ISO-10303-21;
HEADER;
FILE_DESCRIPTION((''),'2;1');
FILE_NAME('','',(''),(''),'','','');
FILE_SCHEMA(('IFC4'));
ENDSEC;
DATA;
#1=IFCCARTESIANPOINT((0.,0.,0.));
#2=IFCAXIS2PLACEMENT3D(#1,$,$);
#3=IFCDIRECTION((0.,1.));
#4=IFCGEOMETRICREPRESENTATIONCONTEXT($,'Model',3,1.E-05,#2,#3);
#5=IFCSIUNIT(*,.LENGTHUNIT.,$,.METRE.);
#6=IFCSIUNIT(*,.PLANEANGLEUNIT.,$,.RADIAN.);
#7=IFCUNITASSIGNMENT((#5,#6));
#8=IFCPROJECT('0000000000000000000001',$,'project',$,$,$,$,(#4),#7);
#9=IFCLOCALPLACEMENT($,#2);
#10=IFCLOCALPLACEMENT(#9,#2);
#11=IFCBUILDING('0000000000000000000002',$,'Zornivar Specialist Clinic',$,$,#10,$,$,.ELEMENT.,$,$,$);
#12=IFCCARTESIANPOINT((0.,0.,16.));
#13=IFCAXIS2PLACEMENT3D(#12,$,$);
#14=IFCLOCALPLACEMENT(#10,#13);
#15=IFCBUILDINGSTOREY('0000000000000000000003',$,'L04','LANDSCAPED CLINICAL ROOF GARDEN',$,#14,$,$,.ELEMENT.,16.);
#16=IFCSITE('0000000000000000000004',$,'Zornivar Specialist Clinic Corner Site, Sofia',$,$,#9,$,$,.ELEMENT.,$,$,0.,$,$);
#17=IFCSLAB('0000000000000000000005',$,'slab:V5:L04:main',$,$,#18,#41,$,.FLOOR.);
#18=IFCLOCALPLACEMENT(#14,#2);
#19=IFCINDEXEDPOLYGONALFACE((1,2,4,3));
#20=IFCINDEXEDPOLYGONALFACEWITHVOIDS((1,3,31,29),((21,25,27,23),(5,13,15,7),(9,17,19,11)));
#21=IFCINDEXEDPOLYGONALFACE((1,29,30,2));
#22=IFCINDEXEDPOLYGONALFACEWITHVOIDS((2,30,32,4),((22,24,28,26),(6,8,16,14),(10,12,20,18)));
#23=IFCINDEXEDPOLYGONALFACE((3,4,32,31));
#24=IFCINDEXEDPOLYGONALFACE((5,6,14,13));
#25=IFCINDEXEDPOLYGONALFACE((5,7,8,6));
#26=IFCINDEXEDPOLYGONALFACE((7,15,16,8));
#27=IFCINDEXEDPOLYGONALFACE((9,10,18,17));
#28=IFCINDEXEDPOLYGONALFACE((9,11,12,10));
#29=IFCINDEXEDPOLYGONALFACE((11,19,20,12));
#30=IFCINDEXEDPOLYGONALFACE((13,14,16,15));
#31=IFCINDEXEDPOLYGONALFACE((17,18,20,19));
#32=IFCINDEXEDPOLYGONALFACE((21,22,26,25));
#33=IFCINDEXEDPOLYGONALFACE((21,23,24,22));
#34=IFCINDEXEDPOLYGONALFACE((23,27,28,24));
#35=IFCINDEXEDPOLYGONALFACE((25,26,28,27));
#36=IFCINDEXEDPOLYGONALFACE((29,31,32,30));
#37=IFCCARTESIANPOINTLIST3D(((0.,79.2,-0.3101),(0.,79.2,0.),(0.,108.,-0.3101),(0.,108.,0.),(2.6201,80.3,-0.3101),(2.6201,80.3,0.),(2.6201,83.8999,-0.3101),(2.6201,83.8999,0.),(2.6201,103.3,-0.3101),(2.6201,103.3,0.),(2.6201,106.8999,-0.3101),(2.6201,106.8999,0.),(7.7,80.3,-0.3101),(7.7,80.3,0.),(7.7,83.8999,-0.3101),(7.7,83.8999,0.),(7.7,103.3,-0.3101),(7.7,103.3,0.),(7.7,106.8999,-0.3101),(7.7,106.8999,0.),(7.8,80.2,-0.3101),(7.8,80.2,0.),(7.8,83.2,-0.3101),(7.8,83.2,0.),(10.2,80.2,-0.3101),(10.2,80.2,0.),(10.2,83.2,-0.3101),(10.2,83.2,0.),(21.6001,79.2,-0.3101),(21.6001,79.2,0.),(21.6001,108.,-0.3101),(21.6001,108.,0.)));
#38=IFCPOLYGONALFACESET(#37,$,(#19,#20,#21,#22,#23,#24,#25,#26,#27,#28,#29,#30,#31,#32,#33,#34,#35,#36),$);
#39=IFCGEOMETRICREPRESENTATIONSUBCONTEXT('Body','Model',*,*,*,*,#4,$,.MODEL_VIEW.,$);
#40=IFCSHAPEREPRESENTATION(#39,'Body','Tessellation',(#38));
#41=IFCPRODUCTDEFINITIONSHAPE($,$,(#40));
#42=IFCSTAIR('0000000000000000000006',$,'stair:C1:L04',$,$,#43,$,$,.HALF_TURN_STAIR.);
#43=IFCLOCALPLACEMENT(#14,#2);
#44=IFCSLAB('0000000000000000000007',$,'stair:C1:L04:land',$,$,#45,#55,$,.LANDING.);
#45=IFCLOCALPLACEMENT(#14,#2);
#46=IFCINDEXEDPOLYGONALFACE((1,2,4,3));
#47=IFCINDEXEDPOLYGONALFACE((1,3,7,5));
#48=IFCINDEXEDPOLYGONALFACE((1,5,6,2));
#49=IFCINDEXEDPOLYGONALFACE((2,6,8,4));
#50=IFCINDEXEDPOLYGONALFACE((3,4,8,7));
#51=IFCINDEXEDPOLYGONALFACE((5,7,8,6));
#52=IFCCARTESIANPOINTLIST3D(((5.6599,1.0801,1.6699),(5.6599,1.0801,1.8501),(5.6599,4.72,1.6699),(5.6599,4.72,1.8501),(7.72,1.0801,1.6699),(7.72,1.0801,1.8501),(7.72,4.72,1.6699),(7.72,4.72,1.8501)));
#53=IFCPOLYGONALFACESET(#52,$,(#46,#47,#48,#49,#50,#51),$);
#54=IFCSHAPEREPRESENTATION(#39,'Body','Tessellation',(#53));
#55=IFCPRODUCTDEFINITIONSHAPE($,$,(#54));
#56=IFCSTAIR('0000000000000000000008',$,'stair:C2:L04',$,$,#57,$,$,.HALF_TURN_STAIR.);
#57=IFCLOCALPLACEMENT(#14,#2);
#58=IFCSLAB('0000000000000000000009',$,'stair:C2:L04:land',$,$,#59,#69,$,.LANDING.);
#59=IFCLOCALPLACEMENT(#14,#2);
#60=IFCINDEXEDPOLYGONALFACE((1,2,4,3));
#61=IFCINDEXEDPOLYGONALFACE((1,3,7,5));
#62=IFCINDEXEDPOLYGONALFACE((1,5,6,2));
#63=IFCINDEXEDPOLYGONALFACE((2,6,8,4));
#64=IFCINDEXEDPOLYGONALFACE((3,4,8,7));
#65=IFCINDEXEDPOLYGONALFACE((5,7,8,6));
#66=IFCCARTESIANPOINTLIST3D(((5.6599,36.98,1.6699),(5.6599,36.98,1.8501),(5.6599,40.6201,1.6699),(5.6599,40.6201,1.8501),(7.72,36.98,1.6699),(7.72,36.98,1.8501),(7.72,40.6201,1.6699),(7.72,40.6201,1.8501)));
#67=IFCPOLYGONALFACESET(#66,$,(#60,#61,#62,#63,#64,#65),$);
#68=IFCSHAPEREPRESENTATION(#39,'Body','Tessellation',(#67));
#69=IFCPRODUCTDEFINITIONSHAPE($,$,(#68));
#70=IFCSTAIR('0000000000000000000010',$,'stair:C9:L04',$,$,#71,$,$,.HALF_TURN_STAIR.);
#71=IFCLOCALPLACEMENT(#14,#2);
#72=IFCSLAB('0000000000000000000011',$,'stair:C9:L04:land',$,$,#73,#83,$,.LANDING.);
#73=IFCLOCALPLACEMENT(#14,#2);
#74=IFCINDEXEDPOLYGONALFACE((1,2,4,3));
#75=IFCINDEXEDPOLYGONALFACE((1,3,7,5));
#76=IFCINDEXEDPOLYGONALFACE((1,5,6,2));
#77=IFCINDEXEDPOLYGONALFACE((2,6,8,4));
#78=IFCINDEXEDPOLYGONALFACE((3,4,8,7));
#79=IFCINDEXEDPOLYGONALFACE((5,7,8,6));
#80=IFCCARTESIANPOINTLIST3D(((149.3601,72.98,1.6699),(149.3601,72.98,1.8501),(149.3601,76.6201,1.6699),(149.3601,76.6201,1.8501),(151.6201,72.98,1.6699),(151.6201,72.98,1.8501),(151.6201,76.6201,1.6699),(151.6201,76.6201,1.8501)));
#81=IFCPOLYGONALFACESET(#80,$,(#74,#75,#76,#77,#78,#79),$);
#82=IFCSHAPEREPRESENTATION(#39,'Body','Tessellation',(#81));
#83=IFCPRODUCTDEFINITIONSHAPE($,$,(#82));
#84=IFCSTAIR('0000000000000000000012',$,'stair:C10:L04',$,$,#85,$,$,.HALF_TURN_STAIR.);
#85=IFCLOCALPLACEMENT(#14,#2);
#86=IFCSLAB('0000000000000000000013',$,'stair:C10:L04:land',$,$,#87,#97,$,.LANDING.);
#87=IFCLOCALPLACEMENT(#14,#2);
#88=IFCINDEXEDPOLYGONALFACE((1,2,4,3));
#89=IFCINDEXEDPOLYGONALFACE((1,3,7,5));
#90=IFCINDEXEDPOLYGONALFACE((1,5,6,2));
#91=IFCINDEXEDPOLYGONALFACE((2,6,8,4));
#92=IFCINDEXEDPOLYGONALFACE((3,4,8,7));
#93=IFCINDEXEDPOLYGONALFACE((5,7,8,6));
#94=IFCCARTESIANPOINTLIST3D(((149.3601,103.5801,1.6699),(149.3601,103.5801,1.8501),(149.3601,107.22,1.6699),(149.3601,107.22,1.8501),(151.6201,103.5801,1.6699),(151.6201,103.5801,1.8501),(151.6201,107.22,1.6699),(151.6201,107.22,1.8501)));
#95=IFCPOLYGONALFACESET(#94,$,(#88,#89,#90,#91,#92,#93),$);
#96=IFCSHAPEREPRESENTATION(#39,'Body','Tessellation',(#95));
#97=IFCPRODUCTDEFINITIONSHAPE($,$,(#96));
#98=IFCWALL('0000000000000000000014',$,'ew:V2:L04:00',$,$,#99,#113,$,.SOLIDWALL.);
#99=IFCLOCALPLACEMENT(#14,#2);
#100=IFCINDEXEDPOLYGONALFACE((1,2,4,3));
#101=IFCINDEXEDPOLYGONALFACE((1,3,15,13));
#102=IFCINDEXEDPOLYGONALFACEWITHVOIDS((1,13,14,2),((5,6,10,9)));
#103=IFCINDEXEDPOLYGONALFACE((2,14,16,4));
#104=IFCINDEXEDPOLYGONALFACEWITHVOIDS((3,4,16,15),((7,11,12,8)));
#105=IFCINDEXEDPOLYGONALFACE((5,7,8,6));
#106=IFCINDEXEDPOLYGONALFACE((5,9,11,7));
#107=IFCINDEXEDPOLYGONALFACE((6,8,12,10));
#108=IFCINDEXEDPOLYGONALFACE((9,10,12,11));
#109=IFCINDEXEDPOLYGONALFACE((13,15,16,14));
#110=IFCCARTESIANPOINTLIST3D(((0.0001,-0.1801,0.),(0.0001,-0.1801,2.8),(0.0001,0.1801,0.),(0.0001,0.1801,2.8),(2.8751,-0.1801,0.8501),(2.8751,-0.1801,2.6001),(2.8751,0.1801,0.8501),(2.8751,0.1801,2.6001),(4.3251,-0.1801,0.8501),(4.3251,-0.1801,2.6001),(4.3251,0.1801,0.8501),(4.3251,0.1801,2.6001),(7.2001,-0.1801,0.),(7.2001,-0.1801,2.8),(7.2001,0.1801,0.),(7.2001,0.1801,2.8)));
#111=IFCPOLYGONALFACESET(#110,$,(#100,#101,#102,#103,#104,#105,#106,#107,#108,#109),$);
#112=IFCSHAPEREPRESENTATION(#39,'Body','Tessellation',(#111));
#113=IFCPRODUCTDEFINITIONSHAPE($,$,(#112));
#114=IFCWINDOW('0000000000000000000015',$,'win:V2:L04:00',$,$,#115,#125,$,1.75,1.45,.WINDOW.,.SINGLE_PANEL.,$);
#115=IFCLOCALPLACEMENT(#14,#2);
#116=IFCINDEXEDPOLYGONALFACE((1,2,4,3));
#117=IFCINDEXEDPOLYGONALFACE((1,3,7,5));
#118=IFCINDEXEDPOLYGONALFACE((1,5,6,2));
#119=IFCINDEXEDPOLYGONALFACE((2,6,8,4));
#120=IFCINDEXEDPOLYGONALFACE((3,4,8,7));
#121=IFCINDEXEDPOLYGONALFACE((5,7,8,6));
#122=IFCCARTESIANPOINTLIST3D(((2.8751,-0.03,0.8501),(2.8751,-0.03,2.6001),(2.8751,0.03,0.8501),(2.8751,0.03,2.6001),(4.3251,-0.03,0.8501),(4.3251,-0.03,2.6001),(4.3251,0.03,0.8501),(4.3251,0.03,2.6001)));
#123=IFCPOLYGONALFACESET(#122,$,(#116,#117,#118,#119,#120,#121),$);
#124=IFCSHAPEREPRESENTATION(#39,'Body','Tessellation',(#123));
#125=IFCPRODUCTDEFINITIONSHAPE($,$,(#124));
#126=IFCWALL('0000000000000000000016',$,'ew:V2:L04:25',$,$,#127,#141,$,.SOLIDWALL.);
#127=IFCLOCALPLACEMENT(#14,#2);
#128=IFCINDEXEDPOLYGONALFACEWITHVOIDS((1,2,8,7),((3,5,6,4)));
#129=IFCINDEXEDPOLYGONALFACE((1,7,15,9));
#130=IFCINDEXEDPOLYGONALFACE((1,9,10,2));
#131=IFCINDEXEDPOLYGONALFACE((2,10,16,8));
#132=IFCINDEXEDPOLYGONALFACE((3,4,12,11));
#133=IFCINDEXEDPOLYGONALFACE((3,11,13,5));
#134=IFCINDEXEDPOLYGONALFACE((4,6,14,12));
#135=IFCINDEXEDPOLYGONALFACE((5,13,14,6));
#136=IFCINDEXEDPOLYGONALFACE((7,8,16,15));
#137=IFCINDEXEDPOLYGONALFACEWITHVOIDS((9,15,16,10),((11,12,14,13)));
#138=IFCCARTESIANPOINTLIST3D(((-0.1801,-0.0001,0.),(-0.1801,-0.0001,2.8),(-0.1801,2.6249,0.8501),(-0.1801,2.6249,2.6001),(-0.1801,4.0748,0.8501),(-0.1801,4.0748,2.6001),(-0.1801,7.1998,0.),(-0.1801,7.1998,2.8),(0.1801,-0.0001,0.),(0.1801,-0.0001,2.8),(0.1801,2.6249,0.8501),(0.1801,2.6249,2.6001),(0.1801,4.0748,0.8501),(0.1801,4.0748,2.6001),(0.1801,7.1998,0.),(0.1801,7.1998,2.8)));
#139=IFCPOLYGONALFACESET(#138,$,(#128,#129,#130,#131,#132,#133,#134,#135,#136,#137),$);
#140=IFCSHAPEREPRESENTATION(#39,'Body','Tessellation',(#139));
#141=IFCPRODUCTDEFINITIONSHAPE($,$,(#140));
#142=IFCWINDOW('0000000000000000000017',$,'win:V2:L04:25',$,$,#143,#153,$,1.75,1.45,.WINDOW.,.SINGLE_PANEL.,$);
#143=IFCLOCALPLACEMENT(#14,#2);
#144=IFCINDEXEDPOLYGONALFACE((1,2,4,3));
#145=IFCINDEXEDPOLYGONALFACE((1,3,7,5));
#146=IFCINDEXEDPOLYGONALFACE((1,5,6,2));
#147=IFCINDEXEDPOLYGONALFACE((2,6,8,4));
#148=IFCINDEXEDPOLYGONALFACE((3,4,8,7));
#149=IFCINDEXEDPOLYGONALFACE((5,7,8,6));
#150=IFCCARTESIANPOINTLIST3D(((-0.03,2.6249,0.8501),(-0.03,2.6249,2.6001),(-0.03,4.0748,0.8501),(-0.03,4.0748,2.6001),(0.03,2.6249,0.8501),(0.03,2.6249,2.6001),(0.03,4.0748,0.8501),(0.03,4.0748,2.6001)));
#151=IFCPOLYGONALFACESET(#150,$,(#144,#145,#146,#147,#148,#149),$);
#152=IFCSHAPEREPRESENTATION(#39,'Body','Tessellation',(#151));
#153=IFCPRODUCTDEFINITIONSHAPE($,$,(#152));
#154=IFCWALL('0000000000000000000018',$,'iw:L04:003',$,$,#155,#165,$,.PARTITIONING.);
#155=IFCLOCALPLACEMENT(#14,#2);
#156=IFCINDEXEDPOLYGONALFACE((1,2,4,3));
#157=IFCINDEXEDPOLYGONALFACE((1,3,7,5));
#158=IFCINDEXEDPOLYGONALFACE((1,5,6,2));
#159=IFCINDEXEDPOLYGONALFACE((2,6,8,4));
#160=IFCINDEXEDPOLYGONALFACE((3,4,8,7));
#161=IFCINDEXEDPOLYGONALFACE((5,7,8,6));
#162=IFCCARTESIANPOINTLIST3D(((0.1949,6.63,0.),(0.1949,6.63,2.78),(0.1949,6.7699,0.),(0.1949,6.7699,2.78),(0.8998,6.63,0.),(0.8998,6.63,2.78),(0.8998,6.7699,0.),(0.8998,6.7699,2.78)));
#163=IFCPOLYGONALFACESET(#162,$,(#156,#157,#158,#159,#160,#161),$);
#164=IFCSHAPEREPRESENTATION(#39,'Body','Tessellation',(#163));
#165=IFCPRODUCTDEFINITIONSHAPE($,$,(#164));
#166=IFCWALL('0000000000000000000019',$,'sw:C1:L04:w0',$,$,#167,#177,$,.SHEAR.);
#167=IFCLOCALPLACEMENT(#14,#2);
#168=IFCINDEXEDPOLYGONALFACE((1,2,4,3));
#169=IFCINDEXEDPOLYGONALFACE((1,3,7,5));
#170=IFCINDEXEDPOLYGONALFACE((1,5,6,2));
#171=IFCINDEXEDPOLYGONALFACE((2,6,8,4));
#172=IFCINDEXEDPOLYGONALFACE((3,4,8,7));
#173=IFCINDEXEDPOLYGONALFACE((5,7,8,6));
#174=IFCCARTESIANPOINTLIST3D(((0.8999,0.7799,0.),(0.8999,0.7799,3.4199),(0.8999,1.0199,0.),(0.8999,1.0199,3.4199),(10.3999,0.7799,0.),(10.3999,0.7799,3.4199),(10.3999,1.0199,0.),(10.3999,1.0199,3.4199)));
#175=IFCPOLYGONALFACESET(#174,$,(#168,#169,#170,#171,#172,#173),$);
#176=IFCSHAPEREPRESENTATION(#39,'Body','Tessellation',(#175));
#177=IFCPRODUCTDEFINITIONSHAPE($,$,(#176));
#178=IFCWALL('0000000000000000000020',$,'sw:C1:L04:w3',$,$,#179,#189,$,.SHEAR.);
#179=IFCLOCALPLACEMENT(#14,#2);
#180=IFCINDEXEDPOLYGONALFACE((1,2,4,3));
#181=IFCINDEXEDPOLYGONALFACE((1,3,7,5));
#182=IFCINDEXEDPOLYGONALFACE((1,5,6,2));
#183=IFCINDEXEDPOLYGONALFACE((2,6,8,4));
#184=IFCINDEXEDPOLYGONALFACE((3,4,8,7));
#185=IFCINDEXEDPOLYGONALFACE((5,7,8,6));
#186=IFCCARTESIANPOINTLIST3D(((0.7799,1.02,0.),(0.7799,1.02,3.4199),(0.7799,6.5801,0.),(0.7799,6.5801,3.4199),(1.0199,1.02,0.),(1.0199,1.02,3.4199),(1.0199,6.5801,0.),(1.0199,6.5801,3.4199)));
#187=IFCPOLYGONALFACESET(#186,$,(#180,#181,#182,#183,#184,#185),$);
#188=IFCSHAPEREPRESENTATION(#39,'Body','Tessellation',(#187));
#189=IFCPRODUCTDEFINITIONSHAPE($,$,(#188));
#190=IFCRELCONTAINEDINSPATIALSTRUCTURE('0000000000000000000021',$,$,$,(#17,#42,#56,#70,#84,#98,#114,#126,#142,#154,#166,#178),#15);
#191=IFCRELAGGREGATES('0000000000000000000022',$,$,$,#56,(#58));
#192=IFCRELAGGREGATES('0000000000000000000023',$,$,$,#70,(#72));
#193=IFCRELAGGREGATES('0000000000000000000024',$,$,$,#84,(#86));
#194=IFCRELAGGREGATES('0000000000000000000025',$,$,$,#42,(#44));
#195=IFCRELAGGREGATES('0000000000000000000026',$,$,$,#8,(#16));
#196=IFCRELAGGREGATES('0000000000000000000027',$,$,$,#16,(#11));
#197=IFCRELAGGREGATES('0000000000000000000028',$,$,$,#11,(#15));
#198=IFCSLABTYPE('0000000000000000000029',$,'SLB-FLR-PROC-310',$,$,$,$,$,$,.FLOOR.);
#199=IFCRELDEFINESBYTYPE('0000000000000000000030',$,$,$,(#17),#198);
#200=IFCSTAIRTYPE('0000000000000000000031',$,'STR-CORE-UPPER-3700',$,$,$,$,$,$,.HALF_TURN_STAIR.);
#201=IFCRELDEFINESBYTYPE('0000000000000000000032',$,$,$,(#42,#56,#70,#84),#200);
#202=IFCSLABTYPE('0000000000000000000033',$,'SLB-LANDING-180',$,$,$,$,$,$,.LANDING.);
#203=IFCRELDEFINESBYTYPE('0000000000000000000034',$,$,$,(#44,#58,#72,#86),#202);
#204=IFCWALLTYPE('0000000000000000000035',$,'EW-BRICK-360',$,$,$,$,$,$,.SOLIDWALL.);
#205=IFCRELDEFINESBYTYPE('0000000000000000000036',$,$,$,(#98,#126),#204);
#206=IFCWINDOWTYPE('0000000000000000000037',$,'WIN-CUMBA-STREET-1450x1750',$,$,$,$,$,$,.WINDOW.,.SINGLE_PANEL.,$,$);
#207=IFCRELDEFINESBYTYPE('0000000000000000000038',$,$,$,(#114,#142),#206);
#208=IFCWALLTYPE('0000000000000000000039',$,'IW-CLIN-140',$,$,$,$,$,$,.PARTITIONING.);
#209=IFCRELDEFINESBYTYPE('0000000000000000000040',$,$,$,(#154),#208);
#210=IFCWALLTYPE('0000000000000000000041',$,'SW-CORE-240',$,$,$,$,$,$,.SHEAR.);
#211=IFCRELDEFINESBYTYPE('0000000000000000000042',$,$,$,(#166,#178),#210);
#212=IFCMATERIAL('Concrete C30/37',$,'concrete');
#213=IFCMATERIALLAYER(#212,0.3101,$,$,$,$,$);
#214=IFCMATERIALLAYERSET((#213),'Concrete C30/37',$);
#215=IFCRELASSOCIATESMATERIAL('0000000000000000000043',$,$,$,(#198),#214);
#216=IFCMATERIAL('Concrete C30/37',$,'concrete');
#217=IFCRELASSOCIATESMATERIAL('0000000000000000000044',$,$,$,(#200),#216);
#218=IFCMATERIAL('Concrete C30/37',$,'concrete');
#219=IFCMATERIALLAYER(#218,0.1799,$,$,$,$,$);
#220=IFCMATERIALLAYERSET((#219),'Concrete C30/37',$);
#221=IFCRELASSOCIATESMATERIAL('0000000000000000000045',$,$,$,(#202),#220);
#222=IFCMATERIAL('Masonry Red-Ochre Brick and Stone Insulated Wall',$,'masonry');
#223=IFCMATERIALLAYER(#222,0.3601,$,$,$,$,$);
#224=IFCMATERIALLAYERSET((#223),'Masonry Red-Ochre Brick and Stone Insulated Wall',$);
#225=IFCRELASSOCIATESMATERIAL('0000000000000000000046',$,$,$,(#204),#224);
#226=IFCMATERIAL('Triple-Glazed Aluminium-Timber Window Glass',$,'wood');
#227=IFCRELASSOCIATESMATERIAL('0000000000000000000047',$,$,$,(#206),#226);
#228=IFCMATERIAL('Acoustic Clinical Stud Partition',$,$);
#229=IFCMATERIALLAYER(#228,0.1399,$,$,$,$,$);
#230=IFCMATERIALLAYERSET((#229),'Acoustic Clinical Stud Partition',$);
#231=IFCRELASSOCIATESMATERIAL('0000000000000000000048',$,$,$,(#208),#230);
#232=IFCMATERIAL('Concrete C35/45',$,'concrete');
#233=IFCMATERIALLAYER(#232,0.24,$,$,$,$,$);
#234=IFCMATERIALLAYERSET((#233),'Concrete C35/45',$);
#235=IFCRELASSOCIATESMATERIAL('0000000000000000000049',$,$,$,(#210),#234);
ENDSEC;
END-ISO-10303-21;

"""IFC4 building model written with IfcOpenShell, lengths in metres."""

from ifc_helpers import new_model, si_unit, direction, frame, frame_2d, origin, origin_with_axes, place, context, subcontext, project, spatial, polyline, rectangle, outline, extrude, material, layer, layer_set, type_object, element, fill, aggregate, save


model = new_model("IFC4")

# Units and contexts
model_context = context("Model", 3, precision=1e-05, world=origin(), true_north=direction((0.0, 1.0)))
body_context = subcontext(model_context, "Body", "Model", "MODEL_VIEW")
ifc_project = project(units=[si_unit("LENGTHUNIT", "METRE"), si_unit("PLANEANGLEUNIT", "RADIAN")], contexts=[model_context])

# Site, building, storey
site_placement = place(None, origin())
site = spatial("IfcSite", under=ifc_project, at=site_placement, Name="Zornivar Specialist Clinic Corner Site, Sofia", CompositionType="ELEMENT", RefElevation=0.0)
building_placement = place(site_placement, origin())
building = spatial("IfcBuilding", under=site, at=building_placement, Name="Zornivar Specialist Clinic", CompositionType="ELEMENT")
storey_placement = place(building_placement, frame((0.0, 0.0, 16.0)))
storey = spatial("IfcBuildingStorey", under=building, at=storey_placement, Name="L04", Description="LANDSCAPED CLINICAL ROOF GARDEN", CompositionType="ELEMENT", Elevation=16.0)

# Slab
ifc_material_1 = material(Name="Concrete C30/37", Category="concrete")
ifc_layer_1 = layer(ifc_material_1, 0.3101)
ifc_layer_set_1 = layer_set([ifc_layer_1], Name="Concrete C30/37")
slab_type_1 = type_object("IfcSlabType", Name="SLB-FLR-PROC-310", PredefinedType="FLOOR", material=ifc_layer_set_1)
slab_1_placement = place(storey_placement, frame((0.0, 0.0, -0.3101)))
element("IfcSlab", 1, at=slab_1_placement, inside=storey, type_object=slab_type_1, Name="slab:V5:L04:main", PredefinedType="FLOOR", context=body_context, shape_type="SweptSolid", body=[
    extrude(outline(polyline([(0.0, 79.2), (21.6001, 79.2), (21.6001, 108.0), (0.0, 108.0), (0.0, 79.2)]), holes=[polyline([(2.6201, 80.3), (7.7, 80.3), (7.7, 83.8999), (2.6201, 83.8999), (2.6201, 80.3)]), polyline([(7.8, 80.2), (10.2, 80.2), (10.2, 83.2), (7.8, 83.2), (7.8, 80.2)]), polyline([(2.6201, 103.3), (7.7, 103.3), (7.7, 106.8999), (2.6201, 106.8999), (2.6201, 103.3)])]), origin(), (0.0, 0.0, 1.0), 0.3101),
])

# Stairs, slabs
ifc_material_2 = material(Name="Concrete C30/37", Category="concrete")
stair_type = type_object("IfcStairType", Name="STR-CORE-UPPER-3700", PredefinedType="HALF_TURN_STAIR", material=ifc_material_2)
stair_1_placement = place(storey_placement, origin())
stair_1 = element("IfcStair", 2, at=stair_1_placement, inside=storey, type_object=stair_type, Name="stair:C1:L04", PredefinedType="HALF_TURN_STAIR")
ifc_material_3 = material(Name="Concrete C30/37", Category="concrete")
ifc_layer_2 = layer(ifc_material_3, 0.1799)
ifc_layer_set_2 = layer_set([ifc_layer_2], Name="Concrete C30/37")
slab_type_2 = type_object("IfcSlabType", Name="SLB-LANDING-180", PredefinedType="LANDING", material=ifc_layer_set_2)
slab_2_placement = place(storey_placement, frame((0.0, 0.0, 1.6699)))
slab_2 = element("IfcSlab", 3, at=slab_2_placement, type_object=slab_type_2, Name="stair:C1:L04:land", PredefinedType="LANDING", context=body_context, shape_type="SweptSolid", body=[
    extrude(outline(polyline([(5.6599, 1.0801), (7.72, 1.0801), (7.72, 4.72), (5.6599, 4.72), (5.6599, 1.0801)])), origin(), (0.0, 0.0, 1.0), 0.1802),
])
stair_2_placement = place(storey_placement, origin())
stair_2 = element("IfcStair", 4, at=stair_2_placement, inside=storey, type_object=stair_type, Name="stair:C2:L04", PredefinedType="HALF_TURN_STAIR")
slab_3_placement = place(storey_placement, frame((0.0, 0.0, 1.6699)))
slab_3 = element("IfcSlab", 5, at=slab_3_placement, type_object=slab_type_2, Name="stair:C2:L04:land", PredefinedType="LANDING", context=body_context, shape_type="SweptSolid", body=[
    extrude(outline(polyline([(5.6599, 36.98), (7.72, 36.98), (7.72, 40.6201), (5.6599, 40.6201), (5.6599, 36.98)])), origin(), (0.0, 0.0, 1.0), 0.1802),
])
aggregate(stair_2, [slab_3])
stair_3_placement = place(storey_placement, origin())
stair_3 = element("IfcStair", 6, at=stair_3_placement, inside=storey, type_object=stair_type, Name="stair:C9:L04", PredefinedType="HALF_TURN_STAIR")
slab_4_placement = place(storey_placement, frame((0.0, 0.0, 1.6699)))
slab_4 = element("IfcSlab", 7, at=slab_4_placement, type_object=slab_type_2, Name="stair:C9:L04:land", PredefinedType="LANDING", context=body_context, shape_type="SweptSolid", body=[
    extrude(outline(polyline([(149.3601, 72.98), (151.6201, 72.98), (151.6201, 76.6201), (149.3601, 76.6201), (149.3601, 72.98)])), origin(), (0.0, 0.0, 1.0), 0.1802),
])
aggregate(stair_3, [slab_4])
stair_4_placement = place(storey_placement, origin())
stair_4 = element("IfcStair", 8, at=stair_4_placement, inside=storey, type_object=stair_type, Name="stair:C10:L04", PredefinedType="HALF_TURN_STAIR")
slab_5_placement = place(storey_placement, frame((0.0, 0.0, 1.6699)))
slab_5 = element("IfcSlab", 9, at=slab_5_placement, type_object=slab_type_2, Name="stair:C10:L04:land", PredefinedType="LANDING", context=body_context, shape_type="SweptSolid", body=[
    extrude(outline(polyline([(149.3601, 103.5801), (151.6201, 103.5801), (151.6201, 107.22), (149.3601, 107.22), (149.3601, 103.5801)])), origin(), (0.0, 0.0, 1.0), 0.1802),
])
aggregate(stair_4, [slab_5])

# Walls, openings, windows
ifc_material_4 = material(Name="Masonry Red-Ochre Brick and Stone Insulated Wall", Category="masonry")
ifc_layer_3 = layer(ifc_material_4, 0.3601)
ifc_layer_set_3 = layer_set([ifc_layer_3], Name="Masonry Red-Ochre Brick and Stone Insulated Wall")
wall_type_1 = type_object("IfcWallType", Name="EW-BRICK-360", PredefinedType="SOLIDWALL", material=ifc_layer_set_3)
wall_1_placement = place(storey_placement, origin_with_axes())
wall_1 = element("IfcWall", 10, at=wall_1_placement, inside=storey, type_object=wall_type_1, Name="ew:V2:L04:00", PredefinedType="SOLIDWALL", context=body_context, shape_type="SweptSolid", body=[
    extrude(rectangle(XDim=7.2, YDim=0.3601, at=frame_2d((3.6001, 0.0))), origin(), (0.0, 0.0, 1.0), 2.8),
])
opening_1_placement = place(wall_1_placement, frame((2.875, 0.0, 0.8501)))
opening_1 = element("IfcOpeningElement", 11, at=opening_1_placement, cuts=wall_1, PredefinedType="OPENING", context=body_context, shape_type="SweptSolid", body=[
    extrude(rectangle(XDim=1.45, YDim=1.75, at=frame_2d((0.7251, 0.875))), frame((0.0, 0.1899, 0.0), z_axis=(0.0, -1.0, 0.0), x_axis=(1.0, 0.0, 0.0)), (0.0, 0.0, 1.0), 0.3801),
])
ifc_material_5 = material(Name="Triple-Glazed Aluminium-Timber Window Glass", Category="wood")
window_type = type_object("IfcWindowType", Name="WIN-CUMBA-STREET-1450x1750", PartitioningType="SINGLE_PANEL", PredefinedType="WINDOW", material=ifc_material_5)
window_1_placement = place(opening_1_placement, origin())
window_1 = element("IfcWindow", 12, at=window_1_placement, inside=storey, type_object=window_type, Name="win:V2:L04:00", OverallHeight=1.75, OverallWidth=1.45, PartitioningType="SINGLE_PANEL", PredefinedType="WINDOW", context=body_context, shape_type="SweptSolid", body=[
    extrude(rectangle(XDim=1.45, YDim=1.75, at=frame_2d((0.7251, 0.875))), frame((0.0, 0.03, 0.0), z_axis=(0.0, -1.0, 0.0), x_axis=(1.0, 0.0, 0.0)), (0.0, 0.0, 1.0), 0.0601),
])
fill(opening_1, window_1)
wall_2_placement = place(storey_placement, frame((0.0, 7.2, 0.0), z_axis=(0.0, 0.0, 1.0), x_axis=(0.0, -1.0, 0.0)))
wall_2 = element("IfcWall", 13, at=wall_2_placement, inside=storey, type_object=wall_type_1, Name="ew:V2:L04:25", PredefinedType="SOLIDWALL", context=body_context, shape_type="SweptSolid", body=[
    extrude(rectangle(XDim=7.2, YDim=0.3601, at=frame_2d((3.6001, 0.0))), origin(), (0.0, 0.0, 1.0), 2.8),
])
opening_2_placement = place(wall_2_placement, frame((3.125, 0.0, 0.8501)))
opening_2 = element("IfcOpeningElement", 14, at=opening_2_placement, cuts=wall_2, PredefinedType="OPENING", context=body_context, shape_type="SweptSolid", body=[
    extrude(rectangle(XDim=1.45, YDim=1.75, at=frame_2d((0.7251, 0.875))), frame((0.0, 0.1899, 0.0), z_axis=(0.0, -1.0, 0.0), x_axis=(1.0, 0.0, 0.0)), (0.0, 0.0, 1.0), 0.3801),
])
window_2_placement = place(opening_2_placement, origin())
window_2 = element("IfcWindow", 15, at=window_2_placement, inside=storey, type_object=window_type, Name="win:V2:L04:25", OverallHeight=1.75, OverallWidth=1.45, PartitioningType="SINGLE_PANEL", PredefinedType="WINDOW", context=body_context, shape_type="SweptSolid", body=[
    extrude(rectangle(XDim=1.45, YDim=1.75, at=frame_2d((0.7251, 0.875))), frame((0.0, 0.03, 0.0), z_axis=(0.0, -1.0, 0.0), x_axis=(1.0, 0.0, 0.0)), (0.0, 0.0, 1.0), 0.0601),
])
fill(opening_2, window_2)

# Walls
ifc_material_6 = material(Name="Acoustic Clinical Stud Partition")
ifc_layer_4 = layer(ifc_material_6, 0.1399)
ifc_layer_set_4 = layer_set([ifc_layer_4], Name="Acoustic Clinical Stud Partition")
wall_type_2 = type_object("IfcWallType", Name="IW-CLIN-140", PredefinedType="PARTITIONING", material=ifc_layer_set_4)
wall_3_placement = place(storey_placement, frame((0.8999, 6.7, 0.0), z_axis=(0.0, 0.0, 1.0), x_axis=(-1.0, 0.0, 0.0)))
element("IfcWall", 16, at=wall_3_placement, inside=storey, type_object=wall_type_2, Name="iw:L04:003", PredefinedType="PARTITIONING", context=body_context, shape_type="SweptSolid", body=[
    extrude(rectangle(XDim=0.7048, YDim=0.1399, at=frame_2d((0.3525, 0.0))), origin(), (0.0, 0.0, 1.0), 2.78),
])
ifc_material_7 = material(Name="Concrete C35/45", Category="concrete")
ifc_layer_5 = layer(ifc_material_7, 0.24)
ifc_layer_set_5 = layer_set([ifc_layer_5], Name="Concrete C35/45")
wall_type_3 = type_object("IfcWallType", Name="SW-CORE-240", PredefinedType="SHEAR", material=ifc_layer_set_5)
wall_4_placement = place(storey_placement, frame((0.8999, 0.8999, 0.0), z_axis=(0.0, 0.0, 1.0), x_axis=(1.0, 0.0, 0.0)))
element("IfcWall", 17, at=wall_4_placement, inside=storey, type_object=wall_type_3, Name="sw:C1:L04:w0", PredefinedType="SHEAR", context=body_context, shape_type="SweptSolid", body=[
    extrude(rectangle(XDim=9.5, YDim=0.24, at=frame_2d((4.75, 0.0))), origin(), (0.0, 0.0, 1.0), 3.4199),
])
wall_5_placement = place(storey_placement, frame((0.8999, 6.5801, 0.0), z_axis=(0.0, 0.0, 1.0), x_axis=(0.0, -1.0, 0.0)))
element("IfcWall", 18, at=wall_5_placement, inside=storey, type_object=wall_type_3, Name="sw:C1:L04:w3", PredefinedType="SHEAR", context=body_context, shape_type="SweptSolid", body=[
    extrude(rectangle(XDim=5.5601, YDim=0.24, at=frame_2d((2.78, 0.0))), origin(), (0.0, 0.0, 1.0), 3.4199),
])

aggregate(stair_1, [slab_2])

save(model, "model.ifc")
